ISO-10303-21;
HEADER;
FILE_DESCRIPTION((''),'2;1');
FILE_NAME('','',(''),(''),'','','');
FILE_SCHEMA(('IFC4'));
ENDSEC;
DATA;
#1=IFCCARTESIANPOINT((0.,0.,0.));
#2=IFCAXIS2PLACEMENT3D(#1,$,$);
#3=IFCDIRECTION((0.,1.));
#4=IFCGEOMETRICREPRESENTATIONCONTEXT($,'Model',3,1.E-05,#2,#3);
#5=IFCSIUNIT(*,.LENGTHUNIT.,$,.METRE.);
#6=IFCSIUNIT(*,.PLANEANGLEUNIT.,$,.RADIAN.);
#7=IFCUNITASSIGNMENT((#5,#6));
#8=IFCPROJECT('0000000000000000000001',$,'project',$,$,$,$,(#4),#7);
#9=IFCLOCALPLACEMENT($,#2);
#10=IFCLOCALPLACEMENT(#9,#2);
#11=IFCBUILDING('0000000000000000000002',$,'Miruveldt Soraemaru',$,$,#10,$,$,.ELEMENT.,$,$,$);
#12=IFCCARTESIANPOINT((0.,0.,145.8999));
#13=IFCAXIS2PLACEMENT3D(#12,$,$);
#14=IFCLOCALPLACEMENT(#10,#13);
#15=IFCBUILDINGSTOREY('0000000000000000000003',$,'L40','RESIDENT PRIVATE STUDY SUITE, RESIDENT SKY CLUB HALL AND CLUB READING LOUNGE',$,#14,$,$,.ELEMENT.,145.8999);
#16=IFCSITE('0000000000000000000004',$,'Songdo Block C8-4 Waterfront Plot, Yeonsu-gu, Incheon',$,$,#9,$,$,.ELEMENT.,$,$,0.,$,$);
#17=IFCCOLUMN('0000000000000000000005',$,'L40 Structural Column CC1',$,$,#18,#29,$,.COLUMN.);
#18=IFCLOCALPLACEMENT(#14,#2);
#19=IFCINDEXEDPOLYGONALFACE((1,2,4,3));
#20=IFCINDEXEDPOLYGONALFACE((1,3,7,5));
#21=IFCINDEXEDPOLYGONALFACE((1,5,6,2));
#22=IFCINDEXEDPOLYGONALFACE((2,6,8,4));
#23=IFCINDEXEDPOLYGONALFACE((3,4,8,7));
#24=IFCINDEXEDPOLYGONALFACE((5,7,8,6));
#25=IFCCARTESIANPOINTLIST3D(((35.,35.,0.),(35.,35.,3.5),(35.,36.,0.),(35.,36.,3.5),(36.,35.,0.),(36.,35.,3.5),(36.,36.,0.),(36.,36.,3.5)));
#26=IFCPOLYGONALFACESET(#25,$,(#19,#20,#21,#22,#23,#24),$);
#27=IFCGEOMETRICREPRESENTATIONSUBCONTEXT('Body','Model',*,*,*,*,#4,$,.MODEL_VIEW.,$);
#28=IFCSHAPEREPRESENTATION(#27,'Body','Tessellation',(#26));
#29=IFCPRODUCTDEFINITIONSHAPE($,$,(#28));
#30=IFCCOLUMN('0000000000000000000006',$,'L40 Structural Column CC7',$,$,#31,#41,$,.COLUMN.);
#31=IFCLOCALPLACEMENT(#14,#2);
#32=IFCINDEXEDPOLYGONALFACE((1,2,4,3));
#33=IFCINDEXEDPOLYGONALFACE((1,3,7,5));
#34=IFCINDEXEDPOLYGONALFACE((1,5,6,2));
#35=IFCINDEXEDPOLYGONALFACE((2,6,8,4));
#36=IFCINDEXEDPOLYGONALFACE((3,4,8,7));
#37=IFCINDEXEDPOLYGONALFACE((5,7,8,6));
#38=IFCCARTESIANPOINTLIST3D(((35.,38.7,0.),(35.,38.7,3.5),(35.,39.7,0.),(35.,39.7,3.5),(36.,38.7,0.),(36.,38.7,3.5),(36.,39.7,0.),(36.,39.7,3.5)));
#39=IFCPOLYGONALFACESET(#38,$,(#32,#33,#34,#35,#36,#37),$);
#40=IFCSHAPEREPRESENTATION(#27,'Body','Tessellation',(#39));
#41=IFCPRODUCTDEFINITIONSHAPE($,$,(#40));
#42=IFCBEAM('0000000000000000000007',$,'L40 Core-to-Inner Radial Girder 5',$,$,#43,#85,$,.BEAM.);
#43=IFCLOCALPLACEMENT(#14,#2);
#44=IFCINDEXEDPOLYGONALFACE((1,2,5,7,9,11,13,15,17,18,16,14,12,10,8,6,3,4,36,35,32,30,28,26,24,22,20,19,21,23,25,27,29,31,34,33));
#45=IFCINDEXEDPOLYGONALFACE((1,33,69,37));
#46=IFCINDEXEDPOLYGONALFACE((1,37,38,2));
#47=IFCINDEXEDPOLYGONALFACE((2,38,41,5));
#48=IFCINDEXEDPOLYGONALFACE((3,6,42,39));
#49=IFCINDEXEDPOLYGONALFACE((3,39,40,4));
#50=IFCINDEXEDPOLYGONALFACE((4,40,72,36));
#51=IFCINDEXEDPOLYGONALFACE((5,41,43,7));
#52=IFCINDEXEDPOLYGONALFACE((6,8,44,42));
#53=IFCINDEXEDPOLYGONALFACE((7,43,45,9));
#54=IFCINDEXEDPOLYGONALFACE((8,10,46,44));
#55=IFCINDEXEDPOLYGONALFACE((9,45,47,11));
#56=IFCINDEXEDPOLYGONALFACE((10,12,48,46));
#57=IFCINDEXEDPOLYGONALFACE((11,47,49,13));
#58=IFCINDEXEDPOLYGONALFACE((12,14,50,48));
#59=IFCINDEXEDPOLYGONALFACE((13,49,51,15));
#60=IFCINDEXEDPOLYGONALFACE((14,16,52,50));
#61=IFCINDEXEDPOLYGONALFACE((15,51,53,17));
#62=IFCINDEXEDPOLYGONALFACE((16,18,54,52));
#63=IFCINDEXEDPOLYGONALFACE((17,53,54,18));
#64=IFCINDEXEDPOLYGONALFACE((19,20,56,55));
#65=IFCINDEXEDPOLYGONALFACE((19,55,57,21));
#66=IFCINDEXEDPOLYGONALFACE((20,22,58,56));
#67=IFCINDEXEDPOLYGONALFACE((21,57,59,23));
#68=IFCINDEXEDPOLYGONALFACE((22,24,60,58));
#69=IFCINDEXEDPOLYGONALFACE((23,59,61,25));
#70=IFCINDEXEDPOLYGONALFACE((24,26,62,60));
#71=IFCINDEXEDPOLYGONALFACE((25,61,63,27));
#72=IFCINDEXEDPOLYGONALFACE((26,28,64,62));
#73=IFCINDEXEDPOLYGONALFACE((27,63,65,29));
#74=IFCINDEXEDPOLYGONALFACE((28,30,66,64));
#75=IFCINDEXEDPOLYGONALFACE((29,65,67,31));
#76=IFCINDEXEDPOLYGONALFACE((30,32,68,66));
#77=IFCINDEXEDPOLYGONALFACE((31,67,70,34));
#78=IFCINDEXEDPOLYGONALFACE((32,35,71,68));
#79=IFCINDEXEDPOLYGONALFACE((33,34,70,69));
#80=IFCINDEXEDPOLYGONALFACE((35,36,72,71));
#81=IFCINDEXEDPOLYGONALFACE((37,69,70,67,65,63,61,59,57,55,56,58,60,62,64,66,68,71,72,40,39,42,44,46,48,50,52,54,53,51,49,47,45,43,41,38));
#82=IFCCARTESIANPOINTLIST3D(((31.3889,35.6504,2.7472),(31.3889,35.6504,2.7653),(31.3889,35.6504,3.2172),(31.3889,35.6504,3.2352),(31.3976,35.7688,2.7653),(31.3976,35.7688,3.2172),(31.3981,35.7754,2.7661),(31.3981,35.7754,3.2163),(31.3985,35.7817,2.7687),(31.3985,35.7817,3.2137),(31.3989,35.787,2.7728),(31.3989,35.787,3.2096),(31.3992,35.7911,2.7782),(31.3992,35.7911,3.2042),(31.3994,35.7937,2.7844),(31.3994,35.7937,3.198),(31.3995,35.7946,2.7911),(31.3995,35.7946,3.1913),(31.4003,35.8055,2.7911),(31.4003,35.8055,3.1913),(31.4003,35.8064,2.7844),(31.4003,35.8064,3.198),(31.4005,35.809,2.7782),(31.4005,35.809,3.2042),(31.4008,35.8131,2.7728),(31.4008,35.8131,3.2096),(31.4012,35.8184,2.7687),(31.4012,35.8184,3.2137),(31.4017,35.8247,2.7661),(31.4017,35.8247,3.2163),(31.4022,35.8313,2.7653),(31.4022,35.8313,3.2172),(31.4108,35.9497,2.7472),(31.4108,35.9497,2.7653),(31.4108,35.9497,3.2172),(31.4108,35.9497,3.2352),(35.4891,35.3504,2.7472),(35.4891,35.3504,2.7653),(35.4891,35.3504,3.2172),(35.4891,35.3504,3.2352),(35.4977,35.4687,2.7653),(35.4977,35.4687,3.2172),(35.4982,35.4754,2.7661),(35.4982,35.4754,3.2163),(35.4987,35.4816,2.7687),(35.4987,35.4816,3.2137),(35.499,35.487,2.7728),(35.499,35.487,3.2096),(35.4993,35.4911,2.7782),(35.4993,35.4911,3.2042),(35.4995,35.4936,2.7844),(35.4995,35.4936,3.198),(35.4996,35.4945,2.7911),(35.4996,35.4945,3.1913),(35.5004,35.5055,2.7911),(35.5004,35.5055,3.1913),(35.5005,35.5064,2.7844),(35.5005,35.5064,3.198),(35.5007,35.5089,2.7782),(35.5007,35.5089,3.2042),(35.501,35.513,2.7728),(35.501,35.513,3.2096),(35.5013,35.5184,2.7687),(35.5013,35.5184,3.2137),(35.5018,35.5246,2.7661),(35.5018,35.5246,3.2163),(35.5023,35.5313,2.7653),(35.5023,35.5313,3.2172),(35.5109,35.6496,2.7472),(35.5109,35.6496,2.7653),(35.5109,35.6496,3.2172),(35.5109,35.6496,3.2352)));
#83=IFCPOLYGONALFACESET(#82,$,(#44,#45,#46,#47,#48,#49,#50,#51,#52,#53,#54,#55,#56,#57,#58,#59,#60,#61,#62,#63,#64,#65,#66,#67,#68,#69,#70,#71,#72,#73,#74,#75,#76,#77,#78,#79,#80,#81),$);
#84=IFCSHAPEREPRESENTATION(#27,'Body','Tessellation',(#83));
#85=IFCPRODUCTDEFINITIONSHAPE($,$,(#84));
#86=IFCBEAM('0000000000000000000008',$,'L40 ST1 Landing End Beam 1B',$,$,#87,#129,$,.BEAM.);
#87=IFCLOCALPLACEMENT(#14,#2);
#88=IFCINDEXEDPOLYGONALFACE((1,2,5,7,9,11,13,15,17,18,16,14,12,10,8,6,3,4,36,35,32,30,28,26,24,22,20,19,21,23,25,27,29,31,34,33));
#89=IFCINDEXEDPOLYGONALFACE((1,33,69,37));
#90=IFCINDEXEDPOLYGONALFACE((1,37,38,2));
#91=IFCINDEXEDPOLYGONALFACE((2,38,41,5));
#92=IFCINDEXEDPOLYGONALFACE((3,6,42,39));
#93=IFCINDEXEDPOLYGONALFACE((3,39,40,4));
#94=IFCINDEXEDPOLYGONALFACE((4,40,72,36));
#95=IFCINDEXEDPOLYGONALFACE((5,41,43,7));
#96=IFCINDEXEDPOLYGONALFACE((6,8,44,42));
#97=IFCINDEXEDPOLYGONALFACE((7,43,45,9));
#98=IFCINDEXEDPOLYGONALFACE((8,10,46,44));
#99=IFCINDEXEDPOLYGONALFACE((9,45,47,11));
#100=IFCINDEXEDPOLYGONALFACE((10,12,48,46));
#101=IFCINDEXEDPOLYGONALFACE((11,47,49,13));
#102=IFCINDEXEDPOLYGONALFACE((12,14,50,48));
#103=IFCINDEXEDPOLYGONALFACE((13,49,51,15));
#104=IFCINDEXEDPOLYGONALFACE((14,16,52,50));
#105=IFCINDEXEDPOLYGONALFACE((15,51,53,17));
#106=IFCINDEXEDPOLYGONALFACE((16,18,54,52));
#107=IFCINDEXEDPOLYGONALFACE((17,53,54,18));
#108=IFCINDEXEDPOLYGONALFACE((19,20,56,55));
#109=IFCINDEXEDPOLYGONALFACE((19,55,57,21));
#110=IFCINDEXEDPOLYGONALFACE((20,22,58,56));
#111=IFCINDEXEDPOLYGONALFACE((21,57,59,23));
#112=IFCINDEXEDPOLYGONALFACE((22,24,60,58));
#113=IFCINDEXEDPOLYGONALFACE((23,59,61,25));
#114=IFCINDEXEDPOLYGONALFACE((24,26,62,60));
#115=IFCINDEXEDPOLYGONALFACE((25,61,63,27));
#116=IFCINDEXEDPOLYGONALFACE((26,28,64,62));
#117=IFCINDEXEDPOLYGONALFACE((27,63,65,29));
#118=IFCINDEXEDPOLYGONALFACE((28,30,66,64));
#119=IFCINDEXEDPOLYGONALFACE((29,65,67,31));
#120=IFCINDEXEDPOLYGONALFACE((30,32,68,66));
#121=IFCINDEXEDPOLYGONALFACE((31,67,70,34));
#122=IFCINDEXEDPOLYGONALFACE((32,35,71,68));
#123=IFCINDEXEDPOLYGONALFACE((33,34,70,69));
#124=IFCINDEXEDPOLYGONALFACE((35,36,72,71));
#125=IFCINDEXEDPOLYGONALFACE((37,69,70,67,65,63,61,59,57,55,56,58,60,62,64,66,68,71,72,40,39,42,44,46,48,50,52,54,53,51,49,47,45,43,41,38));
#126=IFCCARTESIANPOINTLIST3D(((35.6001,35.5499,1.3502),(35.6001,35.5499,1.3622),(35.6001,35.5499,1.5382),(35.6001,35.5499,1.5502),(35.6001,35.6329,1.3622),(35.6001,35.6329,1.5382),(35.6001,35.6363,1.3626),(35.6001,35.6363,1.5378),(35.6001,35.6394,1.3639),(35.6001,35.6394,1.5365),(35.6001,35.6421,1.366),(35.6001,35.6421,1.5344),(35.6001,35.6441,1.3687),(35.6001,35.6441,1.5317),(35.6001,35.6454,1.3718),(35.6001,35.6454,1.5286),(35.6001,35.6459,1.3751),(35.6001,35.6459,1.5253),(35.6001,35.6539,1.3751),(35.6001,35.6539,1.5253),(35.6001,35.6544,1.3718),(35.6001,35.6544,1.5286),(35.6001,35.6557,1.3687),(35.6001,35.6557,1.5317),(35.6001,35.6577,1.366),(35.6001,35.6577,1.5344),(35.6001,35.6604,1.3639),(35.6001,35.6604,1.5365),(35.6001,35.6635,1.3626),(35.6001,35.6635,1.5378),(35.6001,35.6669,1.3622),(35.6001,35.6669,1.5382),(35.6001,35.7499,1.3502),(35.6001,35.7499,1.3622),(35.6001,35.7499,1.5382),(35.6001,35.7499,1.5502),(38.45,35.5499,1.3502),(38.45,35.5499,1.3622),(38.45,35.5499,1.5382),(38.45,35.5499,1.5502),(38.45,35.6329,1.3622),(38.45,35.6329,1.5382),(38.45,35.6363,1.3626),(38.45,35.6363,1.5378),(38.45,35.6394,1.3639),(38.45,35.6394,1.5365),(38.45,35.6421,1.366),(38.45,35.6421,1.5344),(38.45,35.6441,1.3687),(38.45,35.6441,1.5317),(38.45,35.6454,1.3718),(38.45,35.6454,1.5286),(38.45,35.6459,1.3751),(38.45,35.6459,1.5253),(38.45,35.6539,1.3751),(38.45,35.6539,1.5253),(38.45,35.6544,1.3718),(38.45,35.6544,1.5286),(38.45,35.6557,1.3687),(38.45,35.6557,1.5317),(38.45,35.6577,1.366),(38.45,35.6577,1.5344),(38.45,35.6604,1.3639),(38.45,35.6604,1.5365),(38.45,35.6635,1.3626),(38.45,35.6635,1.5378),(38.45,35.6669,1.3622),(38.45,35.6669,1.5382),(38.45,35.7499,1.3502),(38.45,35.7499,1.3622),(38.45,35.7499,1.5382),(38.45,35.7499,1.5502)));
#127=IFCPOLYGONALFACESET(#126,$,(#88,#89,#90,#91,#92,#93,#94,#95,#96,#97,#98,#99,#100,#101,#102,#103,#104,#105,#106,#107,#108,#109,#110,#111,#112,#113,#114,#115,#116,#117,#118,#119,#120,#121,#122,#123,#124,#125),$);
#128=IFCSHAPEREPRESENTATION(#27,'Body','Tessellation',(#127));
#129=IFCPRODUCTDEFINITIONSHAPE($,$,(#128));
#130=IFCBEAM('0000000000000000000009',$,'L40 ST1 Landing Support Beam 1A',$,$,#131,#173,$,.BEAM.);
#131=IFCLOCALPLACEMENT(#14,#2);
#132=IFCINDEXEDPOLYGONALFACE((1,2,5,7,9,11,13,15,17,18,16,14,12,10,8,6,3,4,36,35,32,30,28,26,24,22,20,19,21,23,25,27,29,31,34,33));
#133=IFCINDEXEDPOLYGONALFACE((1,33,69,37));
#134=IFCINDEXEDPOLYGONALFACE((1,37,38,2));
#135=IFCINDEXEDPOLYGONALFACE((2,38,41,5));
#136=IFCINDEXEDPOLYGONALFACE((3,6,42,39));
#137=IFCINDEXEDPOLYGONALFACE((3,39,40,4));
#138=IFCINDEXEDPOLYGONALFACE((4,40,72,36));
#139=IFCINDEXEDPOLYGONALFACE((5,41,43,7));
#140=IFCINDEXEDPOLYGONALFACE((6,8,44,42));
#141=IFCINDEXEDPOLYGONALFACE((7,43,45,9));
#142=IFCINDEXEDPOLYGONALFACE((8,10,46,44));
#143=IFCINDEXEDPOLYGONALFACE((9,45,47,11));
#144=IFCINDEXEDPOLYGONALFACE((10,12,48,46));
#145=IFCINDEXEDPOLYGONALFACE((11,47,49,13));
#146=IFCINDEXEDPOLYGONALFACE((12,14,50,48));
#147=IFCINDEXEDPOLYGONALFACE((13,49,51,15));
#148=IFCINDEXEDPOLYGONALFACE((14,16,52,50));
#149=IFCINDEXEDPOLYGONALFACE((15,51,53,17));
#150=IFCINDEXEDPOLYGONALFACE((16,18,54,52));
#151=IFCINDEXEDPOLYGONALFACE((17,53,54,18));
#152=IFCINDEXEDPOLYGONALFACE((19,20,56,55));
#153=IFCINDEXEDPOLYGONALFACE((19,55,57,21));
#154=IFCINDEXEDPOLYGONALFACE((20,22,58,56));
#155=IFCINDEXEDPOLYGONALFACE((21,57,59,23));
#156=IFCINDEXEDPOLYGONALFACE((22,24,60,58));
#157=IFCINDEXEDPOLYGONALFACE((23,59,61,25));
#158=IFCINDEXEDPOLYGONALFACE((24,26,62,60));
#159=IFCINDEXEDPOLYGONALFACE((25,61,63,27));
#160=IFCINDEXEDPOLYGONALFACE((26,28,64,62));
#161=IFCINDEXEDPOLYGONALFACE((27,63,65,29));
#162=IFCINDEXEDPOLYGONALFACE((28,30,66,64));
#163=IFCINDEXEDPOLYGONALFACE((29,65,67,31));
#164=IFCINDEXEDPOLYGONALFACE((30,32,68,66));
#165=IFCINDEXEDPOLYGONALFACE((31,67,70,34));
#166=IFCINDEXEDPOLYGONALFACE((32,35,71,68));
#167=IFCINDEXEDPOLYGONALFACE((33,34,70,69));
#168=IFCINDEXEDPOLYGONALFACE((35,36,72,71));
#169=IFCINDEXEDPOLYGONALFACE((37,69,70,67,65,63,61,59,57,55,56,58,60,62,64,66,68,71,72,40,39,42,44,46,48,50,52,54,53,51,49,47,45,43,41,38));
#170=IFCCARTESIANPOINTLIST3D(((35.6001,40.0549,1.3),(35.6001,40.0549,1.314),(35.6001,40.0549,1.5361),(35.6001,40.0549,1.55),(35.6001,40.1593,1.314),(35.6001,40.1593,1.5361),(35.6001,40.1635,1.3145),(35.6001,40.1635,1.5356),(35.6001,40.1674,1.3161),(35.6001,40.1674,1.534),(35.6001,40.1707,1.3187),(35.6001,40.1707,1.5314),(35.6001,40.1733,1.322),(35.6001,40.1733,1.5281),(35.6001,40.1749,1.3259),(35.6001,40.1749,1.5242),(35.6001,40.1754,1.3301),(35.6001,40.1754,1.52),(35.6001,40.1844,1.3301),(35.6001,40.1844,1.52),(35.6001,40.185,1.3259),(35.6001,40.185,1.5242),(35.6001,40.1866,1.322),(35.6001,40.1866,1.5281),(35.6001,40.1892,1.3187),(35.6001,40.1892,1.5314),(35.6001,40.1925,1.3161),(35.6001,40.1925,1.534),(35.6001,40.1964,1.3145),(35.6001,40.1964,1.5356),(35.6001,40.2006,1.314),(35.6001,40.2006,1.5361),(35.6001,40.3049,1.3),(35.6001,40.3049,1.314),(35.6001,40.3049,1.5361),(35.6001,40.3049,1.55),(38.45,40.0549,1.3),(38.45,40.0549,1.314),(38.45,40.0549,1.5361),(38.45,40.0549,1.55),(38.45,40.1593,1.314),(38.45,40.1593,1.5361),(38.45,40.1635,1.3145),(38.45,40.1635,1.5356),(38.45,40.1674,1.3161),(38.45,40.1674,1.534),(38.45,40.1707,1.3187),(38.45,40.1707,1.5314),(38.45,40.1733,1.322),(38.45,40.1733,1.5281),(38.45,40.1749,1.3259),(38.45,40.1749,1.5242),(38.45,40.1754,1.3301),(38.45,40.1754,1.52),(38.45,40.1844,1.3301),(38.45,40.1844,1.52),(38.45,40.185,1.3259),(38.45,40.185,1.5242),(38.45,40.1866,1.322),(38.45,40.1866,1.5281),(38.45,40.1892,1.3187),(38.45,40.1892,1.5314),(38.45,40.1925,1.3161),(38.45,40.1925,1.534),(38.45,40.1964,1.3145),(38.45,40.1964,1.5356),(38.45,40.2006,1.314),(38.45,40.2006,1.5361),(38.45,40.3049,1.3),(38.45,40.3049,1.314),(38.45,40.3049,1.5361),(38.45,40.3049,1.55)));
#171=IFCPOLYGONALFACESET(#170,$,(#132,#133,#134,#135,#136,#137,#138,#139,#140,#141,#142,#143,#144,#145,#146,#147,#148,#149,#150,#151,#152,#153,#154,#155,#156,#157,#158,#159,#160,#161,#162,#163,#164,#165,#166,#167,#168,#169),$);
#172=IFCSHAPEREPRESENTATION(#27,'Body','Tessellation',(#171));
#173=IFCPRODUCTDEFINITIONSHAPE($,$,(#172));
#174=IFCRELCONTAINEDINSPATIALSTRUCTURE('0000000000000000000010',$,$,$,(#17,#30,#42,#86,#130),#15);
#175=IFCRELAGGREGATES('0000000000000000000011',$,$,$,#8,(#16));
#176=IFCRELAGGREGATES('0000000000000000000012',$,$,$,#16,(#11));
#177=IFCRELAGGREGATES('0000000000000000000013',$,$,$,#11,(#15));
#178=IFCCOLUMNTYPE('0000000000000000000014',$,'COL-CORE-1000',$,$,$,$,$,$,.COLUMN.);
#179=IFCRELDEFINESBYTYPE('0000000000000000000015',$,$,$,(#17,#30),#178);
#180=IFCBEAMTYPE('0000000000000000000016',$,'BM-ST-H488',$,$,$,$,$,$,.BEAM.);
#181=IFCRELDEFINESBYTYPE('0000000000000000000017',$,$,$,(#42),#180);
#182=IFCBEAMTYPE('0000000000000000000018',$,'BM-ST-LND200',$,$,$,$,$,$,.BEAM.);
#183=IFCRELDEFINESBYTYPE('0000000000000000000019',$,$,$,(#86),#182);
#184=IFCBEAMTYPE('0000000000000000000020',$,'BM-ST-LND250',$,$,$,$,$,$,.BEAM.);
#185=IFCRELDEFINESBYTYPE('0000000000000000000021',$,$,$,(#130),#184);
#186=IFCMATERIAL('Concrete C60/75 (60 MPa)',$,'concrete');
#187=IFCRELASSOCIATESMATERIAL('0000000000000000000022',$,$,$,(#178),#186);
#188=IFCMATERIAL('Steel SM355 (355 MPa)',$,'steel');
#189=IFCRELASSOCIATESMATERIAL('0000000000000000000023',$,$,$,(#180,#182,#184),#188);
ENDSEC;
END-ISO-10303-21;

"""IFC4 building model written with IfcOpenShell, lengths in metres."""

from ifc_helpers import new_model, si_unit, direction, frame, origin, origin_2d, place, context, subcontext, project, spatial, rectangle, i_section, extrude, material, material_profile, profile_set, type_object, element, save


model = new_model("IFC4")

# Units and contexts
model_context = context("Model", 3, precision=1e-05, world=origin(), true_north=direction((0.0, 1.0)))
body_context = subcontext(model_context, "Body", "Model", "MODEL_VIEW")
ifc_project = project(units=[si_unit("LENGTHUNIT", "METRE"), si_unit("PLANEANGLEUNIT", "RADIAN")], contexts=[model_context])

# Site, building, storey
site_placement = place(None, origin())
site = spatial("IfcSite", under=ifc_project, at=site_placement, Name="Songdo Block C8-4 Waterfront Plot, Yeonsu-gu, Incheon", CompositionType="ELEMENT", RefElevation=0.0)
building_placement = place(site_placement, origin())
building = spatial("IfcBuilding", under=site, at=building_placement, Name="Miruveldt Soraemaru", CompositionType="ELEMENT")
storey_placement = place(building_placement, frame((0.0, 0.0, 145.8999)))
storey = spatial("IfcBuildingStorey", under=building, at=storey_placement, Name="L40", Description="RESIDENT PRIVATE STUDY SUITE, RESIDENT SKY CLUB HALL AND CLUB READING LOUNGE", CompositionType="ELEMENT", Elevation=145.8999)

# Columns
ifc_material_1 = material(Name="Concrete C60/75 (60 MPa)", Category="concrete")
ifc_material_profile_1 = material_profile(ifc_material_1, rectangle(XDim=1.0, YDim=1.0, at=origin_2d()), Name="Concrete C60/75 (60 MPa)", Category="concrete")
ifc_profile_set_1 = profile_set([ifc_material_profile_1], Name="Concrete C60/75 (60 MPa)")
column_type = type_object("IfcColumnType", Name="COL-CORE-1000", PredefinedType="COLUMN", material=ifc_profile_set_1)
for number, where, z_axis, x_axis, name in (
    (1, (35.5, 35.5, 0.0), (0.0, 0.0, 1.0), (1.0, 0.0, 0.0), "L40 Structural Column CC1"),
    (2, (35.5, 39.2, 0.0), (0.0, 0.0, 1.0), (1.0, 0.0, 0.0), "L40 Structural Column CC7"),
):
    element("IfcColumn", number, at=place(storey_placement, frame(where, z_axis=z_axis, x_axis=x_axis)), inside=storey, type_object=column_type, Name=name, PredefinedType="COLUMN", context=body_context, shape_type="SweptSolid", body=[
        extrude(rectangle(XDim=1.0, YDim=1.0, at=origin_2d()), origin(), (0.0, 0.0, 1.0), 3.5),
    ])

# Beams
ifc_material_2 = material(Name="Steel SM355 (355 MPa)", Category="steel")
ifc_material_profile_2 = material_profile(ifc_material_2, i_section(OverallWidth=0.3, OverallDepth=0.488, WebThickness=0.011, FlangeThickness=0.0181, FilletRadius=0.0259, at=origin_2d()), Name="Steel SM355 (355 MPa)", Category="steel")
ifc_profile_set_2 = profile_set([ifc_material_profile_2], Name="Steel SM355 (355 MPa)")
beam_type_1 = type_object("IfcBeamType", Name="BM-ST-H488", PredefinedType="BEAM", material=ifc_profile_set_2)
beam_1_placement = place(storey_placement, frame((35.5, 35.5, 2.9912), z_axis=(-0.997333, 0.072986, 0.0), x_axis=(-0.072986, -0.997333, 0.0)))
element("IfcBeam", 3, at=beam_1_placement, inside=storey, type_object=beam_type_1, Name="L40 Core-to-Inner Radial Girder 5", PredefinedType="BEAM", context=body_context, shape_type="SweptSolid", body=[
    extrude(i_section(OverallWidth=0.3, OverallDepth=0.488, WebThickness=0.011, FlangeThickness=0.0181, FilletRadius=0.0259, at=origin_2d()), origin(), (0.0, 0.0, 1.0), 4.1111),
])
ifc_material_profile_3 = material_profile(ifc_material_2, i_section(OverallWidth=0.2, OverallDepth=0.2, WebThickness=0.0081, FlangeThickness=0.012, FilletRadius=0.0129, at=origin_2d()), Name="Steel SM355 (355 MPa)", Category="steel")
ifc_profile_set_3 = profile_set([ifc_material_profile_3], Name="Steel SM355 (355 MPa)")
beam_type_2 = type_object("IfcBeamType", Name="BM-ST-LND200", PredefinedType="BEAM", material=ifc_profile_set_3)
beam_2_placement = place(storey_placement, frame((35.6001, 35.6499, 1.4502), z_axis=(1.0, 0.0, 0.0), x_axis=(0.0, 1.0, 0.0)))
element("IfcBeam", 4, at=beam_2_placement, inside=storey, type_object=beam_type_2, Name="L40 ST1 Landing End Beam 1B", PredefinedType="BEAM", context=body_context, shape_type="SweptSolid", body=[
    extrude(i_section(OverallWidth=0.2, OverallDepth=0.2, WebThickness=0.0081, FlangeThickness=0.012, FilletRadius=0.0129, at=origin_2d()), origin(), (0.0, 0.0, 1.0), 2.8499),
])
ifc_material_profile_4 = material_profile(ifc_material_2, i_section(OverallWidth=0.25, OverallDepth=0.25, WebThickness=0.009, FlangeThickness=0.0139, FilletRadius=0.0161, at=origin_2d()), Name="Steel SM355 (355 MPa)", Category="steel")
ifc_profile_set_4 = profile_set([ifc_material_profile_4], Name="Steel SM355 (355 MPa)")
beam_type_3 = type_object("IfcBeamType", Name="BM-ST-LND250", PredefinedType="BEAM", material=ifc_profile_set_4)
beam_3_placement = place(storey_placement, frame((35.6001, 40.1799, 1.425), z_axis=(1.0, 0.0, 0.0), x_axis=(0.0, 1.0, 0.0)))
element("IfcBeam", 5, at=beam_3_placement, inside=storey, type_object=beam_type_3, Name="L40 ST1 Landing Support Beam 1A", PredefinedType="BEAM", context=body_context, shape_type="SweptSolid", body=[
    extrude(i_section(OverallWidth=0.25, OverallDepth=0.25, WebThickness=0.009, FlangeThickness=0.0139, FilletRadius=0.0161, at=origin_2d()), origin(), (0.0, 0.0, 1.0), 2.8499),
])

save(model, "model.ifc")
